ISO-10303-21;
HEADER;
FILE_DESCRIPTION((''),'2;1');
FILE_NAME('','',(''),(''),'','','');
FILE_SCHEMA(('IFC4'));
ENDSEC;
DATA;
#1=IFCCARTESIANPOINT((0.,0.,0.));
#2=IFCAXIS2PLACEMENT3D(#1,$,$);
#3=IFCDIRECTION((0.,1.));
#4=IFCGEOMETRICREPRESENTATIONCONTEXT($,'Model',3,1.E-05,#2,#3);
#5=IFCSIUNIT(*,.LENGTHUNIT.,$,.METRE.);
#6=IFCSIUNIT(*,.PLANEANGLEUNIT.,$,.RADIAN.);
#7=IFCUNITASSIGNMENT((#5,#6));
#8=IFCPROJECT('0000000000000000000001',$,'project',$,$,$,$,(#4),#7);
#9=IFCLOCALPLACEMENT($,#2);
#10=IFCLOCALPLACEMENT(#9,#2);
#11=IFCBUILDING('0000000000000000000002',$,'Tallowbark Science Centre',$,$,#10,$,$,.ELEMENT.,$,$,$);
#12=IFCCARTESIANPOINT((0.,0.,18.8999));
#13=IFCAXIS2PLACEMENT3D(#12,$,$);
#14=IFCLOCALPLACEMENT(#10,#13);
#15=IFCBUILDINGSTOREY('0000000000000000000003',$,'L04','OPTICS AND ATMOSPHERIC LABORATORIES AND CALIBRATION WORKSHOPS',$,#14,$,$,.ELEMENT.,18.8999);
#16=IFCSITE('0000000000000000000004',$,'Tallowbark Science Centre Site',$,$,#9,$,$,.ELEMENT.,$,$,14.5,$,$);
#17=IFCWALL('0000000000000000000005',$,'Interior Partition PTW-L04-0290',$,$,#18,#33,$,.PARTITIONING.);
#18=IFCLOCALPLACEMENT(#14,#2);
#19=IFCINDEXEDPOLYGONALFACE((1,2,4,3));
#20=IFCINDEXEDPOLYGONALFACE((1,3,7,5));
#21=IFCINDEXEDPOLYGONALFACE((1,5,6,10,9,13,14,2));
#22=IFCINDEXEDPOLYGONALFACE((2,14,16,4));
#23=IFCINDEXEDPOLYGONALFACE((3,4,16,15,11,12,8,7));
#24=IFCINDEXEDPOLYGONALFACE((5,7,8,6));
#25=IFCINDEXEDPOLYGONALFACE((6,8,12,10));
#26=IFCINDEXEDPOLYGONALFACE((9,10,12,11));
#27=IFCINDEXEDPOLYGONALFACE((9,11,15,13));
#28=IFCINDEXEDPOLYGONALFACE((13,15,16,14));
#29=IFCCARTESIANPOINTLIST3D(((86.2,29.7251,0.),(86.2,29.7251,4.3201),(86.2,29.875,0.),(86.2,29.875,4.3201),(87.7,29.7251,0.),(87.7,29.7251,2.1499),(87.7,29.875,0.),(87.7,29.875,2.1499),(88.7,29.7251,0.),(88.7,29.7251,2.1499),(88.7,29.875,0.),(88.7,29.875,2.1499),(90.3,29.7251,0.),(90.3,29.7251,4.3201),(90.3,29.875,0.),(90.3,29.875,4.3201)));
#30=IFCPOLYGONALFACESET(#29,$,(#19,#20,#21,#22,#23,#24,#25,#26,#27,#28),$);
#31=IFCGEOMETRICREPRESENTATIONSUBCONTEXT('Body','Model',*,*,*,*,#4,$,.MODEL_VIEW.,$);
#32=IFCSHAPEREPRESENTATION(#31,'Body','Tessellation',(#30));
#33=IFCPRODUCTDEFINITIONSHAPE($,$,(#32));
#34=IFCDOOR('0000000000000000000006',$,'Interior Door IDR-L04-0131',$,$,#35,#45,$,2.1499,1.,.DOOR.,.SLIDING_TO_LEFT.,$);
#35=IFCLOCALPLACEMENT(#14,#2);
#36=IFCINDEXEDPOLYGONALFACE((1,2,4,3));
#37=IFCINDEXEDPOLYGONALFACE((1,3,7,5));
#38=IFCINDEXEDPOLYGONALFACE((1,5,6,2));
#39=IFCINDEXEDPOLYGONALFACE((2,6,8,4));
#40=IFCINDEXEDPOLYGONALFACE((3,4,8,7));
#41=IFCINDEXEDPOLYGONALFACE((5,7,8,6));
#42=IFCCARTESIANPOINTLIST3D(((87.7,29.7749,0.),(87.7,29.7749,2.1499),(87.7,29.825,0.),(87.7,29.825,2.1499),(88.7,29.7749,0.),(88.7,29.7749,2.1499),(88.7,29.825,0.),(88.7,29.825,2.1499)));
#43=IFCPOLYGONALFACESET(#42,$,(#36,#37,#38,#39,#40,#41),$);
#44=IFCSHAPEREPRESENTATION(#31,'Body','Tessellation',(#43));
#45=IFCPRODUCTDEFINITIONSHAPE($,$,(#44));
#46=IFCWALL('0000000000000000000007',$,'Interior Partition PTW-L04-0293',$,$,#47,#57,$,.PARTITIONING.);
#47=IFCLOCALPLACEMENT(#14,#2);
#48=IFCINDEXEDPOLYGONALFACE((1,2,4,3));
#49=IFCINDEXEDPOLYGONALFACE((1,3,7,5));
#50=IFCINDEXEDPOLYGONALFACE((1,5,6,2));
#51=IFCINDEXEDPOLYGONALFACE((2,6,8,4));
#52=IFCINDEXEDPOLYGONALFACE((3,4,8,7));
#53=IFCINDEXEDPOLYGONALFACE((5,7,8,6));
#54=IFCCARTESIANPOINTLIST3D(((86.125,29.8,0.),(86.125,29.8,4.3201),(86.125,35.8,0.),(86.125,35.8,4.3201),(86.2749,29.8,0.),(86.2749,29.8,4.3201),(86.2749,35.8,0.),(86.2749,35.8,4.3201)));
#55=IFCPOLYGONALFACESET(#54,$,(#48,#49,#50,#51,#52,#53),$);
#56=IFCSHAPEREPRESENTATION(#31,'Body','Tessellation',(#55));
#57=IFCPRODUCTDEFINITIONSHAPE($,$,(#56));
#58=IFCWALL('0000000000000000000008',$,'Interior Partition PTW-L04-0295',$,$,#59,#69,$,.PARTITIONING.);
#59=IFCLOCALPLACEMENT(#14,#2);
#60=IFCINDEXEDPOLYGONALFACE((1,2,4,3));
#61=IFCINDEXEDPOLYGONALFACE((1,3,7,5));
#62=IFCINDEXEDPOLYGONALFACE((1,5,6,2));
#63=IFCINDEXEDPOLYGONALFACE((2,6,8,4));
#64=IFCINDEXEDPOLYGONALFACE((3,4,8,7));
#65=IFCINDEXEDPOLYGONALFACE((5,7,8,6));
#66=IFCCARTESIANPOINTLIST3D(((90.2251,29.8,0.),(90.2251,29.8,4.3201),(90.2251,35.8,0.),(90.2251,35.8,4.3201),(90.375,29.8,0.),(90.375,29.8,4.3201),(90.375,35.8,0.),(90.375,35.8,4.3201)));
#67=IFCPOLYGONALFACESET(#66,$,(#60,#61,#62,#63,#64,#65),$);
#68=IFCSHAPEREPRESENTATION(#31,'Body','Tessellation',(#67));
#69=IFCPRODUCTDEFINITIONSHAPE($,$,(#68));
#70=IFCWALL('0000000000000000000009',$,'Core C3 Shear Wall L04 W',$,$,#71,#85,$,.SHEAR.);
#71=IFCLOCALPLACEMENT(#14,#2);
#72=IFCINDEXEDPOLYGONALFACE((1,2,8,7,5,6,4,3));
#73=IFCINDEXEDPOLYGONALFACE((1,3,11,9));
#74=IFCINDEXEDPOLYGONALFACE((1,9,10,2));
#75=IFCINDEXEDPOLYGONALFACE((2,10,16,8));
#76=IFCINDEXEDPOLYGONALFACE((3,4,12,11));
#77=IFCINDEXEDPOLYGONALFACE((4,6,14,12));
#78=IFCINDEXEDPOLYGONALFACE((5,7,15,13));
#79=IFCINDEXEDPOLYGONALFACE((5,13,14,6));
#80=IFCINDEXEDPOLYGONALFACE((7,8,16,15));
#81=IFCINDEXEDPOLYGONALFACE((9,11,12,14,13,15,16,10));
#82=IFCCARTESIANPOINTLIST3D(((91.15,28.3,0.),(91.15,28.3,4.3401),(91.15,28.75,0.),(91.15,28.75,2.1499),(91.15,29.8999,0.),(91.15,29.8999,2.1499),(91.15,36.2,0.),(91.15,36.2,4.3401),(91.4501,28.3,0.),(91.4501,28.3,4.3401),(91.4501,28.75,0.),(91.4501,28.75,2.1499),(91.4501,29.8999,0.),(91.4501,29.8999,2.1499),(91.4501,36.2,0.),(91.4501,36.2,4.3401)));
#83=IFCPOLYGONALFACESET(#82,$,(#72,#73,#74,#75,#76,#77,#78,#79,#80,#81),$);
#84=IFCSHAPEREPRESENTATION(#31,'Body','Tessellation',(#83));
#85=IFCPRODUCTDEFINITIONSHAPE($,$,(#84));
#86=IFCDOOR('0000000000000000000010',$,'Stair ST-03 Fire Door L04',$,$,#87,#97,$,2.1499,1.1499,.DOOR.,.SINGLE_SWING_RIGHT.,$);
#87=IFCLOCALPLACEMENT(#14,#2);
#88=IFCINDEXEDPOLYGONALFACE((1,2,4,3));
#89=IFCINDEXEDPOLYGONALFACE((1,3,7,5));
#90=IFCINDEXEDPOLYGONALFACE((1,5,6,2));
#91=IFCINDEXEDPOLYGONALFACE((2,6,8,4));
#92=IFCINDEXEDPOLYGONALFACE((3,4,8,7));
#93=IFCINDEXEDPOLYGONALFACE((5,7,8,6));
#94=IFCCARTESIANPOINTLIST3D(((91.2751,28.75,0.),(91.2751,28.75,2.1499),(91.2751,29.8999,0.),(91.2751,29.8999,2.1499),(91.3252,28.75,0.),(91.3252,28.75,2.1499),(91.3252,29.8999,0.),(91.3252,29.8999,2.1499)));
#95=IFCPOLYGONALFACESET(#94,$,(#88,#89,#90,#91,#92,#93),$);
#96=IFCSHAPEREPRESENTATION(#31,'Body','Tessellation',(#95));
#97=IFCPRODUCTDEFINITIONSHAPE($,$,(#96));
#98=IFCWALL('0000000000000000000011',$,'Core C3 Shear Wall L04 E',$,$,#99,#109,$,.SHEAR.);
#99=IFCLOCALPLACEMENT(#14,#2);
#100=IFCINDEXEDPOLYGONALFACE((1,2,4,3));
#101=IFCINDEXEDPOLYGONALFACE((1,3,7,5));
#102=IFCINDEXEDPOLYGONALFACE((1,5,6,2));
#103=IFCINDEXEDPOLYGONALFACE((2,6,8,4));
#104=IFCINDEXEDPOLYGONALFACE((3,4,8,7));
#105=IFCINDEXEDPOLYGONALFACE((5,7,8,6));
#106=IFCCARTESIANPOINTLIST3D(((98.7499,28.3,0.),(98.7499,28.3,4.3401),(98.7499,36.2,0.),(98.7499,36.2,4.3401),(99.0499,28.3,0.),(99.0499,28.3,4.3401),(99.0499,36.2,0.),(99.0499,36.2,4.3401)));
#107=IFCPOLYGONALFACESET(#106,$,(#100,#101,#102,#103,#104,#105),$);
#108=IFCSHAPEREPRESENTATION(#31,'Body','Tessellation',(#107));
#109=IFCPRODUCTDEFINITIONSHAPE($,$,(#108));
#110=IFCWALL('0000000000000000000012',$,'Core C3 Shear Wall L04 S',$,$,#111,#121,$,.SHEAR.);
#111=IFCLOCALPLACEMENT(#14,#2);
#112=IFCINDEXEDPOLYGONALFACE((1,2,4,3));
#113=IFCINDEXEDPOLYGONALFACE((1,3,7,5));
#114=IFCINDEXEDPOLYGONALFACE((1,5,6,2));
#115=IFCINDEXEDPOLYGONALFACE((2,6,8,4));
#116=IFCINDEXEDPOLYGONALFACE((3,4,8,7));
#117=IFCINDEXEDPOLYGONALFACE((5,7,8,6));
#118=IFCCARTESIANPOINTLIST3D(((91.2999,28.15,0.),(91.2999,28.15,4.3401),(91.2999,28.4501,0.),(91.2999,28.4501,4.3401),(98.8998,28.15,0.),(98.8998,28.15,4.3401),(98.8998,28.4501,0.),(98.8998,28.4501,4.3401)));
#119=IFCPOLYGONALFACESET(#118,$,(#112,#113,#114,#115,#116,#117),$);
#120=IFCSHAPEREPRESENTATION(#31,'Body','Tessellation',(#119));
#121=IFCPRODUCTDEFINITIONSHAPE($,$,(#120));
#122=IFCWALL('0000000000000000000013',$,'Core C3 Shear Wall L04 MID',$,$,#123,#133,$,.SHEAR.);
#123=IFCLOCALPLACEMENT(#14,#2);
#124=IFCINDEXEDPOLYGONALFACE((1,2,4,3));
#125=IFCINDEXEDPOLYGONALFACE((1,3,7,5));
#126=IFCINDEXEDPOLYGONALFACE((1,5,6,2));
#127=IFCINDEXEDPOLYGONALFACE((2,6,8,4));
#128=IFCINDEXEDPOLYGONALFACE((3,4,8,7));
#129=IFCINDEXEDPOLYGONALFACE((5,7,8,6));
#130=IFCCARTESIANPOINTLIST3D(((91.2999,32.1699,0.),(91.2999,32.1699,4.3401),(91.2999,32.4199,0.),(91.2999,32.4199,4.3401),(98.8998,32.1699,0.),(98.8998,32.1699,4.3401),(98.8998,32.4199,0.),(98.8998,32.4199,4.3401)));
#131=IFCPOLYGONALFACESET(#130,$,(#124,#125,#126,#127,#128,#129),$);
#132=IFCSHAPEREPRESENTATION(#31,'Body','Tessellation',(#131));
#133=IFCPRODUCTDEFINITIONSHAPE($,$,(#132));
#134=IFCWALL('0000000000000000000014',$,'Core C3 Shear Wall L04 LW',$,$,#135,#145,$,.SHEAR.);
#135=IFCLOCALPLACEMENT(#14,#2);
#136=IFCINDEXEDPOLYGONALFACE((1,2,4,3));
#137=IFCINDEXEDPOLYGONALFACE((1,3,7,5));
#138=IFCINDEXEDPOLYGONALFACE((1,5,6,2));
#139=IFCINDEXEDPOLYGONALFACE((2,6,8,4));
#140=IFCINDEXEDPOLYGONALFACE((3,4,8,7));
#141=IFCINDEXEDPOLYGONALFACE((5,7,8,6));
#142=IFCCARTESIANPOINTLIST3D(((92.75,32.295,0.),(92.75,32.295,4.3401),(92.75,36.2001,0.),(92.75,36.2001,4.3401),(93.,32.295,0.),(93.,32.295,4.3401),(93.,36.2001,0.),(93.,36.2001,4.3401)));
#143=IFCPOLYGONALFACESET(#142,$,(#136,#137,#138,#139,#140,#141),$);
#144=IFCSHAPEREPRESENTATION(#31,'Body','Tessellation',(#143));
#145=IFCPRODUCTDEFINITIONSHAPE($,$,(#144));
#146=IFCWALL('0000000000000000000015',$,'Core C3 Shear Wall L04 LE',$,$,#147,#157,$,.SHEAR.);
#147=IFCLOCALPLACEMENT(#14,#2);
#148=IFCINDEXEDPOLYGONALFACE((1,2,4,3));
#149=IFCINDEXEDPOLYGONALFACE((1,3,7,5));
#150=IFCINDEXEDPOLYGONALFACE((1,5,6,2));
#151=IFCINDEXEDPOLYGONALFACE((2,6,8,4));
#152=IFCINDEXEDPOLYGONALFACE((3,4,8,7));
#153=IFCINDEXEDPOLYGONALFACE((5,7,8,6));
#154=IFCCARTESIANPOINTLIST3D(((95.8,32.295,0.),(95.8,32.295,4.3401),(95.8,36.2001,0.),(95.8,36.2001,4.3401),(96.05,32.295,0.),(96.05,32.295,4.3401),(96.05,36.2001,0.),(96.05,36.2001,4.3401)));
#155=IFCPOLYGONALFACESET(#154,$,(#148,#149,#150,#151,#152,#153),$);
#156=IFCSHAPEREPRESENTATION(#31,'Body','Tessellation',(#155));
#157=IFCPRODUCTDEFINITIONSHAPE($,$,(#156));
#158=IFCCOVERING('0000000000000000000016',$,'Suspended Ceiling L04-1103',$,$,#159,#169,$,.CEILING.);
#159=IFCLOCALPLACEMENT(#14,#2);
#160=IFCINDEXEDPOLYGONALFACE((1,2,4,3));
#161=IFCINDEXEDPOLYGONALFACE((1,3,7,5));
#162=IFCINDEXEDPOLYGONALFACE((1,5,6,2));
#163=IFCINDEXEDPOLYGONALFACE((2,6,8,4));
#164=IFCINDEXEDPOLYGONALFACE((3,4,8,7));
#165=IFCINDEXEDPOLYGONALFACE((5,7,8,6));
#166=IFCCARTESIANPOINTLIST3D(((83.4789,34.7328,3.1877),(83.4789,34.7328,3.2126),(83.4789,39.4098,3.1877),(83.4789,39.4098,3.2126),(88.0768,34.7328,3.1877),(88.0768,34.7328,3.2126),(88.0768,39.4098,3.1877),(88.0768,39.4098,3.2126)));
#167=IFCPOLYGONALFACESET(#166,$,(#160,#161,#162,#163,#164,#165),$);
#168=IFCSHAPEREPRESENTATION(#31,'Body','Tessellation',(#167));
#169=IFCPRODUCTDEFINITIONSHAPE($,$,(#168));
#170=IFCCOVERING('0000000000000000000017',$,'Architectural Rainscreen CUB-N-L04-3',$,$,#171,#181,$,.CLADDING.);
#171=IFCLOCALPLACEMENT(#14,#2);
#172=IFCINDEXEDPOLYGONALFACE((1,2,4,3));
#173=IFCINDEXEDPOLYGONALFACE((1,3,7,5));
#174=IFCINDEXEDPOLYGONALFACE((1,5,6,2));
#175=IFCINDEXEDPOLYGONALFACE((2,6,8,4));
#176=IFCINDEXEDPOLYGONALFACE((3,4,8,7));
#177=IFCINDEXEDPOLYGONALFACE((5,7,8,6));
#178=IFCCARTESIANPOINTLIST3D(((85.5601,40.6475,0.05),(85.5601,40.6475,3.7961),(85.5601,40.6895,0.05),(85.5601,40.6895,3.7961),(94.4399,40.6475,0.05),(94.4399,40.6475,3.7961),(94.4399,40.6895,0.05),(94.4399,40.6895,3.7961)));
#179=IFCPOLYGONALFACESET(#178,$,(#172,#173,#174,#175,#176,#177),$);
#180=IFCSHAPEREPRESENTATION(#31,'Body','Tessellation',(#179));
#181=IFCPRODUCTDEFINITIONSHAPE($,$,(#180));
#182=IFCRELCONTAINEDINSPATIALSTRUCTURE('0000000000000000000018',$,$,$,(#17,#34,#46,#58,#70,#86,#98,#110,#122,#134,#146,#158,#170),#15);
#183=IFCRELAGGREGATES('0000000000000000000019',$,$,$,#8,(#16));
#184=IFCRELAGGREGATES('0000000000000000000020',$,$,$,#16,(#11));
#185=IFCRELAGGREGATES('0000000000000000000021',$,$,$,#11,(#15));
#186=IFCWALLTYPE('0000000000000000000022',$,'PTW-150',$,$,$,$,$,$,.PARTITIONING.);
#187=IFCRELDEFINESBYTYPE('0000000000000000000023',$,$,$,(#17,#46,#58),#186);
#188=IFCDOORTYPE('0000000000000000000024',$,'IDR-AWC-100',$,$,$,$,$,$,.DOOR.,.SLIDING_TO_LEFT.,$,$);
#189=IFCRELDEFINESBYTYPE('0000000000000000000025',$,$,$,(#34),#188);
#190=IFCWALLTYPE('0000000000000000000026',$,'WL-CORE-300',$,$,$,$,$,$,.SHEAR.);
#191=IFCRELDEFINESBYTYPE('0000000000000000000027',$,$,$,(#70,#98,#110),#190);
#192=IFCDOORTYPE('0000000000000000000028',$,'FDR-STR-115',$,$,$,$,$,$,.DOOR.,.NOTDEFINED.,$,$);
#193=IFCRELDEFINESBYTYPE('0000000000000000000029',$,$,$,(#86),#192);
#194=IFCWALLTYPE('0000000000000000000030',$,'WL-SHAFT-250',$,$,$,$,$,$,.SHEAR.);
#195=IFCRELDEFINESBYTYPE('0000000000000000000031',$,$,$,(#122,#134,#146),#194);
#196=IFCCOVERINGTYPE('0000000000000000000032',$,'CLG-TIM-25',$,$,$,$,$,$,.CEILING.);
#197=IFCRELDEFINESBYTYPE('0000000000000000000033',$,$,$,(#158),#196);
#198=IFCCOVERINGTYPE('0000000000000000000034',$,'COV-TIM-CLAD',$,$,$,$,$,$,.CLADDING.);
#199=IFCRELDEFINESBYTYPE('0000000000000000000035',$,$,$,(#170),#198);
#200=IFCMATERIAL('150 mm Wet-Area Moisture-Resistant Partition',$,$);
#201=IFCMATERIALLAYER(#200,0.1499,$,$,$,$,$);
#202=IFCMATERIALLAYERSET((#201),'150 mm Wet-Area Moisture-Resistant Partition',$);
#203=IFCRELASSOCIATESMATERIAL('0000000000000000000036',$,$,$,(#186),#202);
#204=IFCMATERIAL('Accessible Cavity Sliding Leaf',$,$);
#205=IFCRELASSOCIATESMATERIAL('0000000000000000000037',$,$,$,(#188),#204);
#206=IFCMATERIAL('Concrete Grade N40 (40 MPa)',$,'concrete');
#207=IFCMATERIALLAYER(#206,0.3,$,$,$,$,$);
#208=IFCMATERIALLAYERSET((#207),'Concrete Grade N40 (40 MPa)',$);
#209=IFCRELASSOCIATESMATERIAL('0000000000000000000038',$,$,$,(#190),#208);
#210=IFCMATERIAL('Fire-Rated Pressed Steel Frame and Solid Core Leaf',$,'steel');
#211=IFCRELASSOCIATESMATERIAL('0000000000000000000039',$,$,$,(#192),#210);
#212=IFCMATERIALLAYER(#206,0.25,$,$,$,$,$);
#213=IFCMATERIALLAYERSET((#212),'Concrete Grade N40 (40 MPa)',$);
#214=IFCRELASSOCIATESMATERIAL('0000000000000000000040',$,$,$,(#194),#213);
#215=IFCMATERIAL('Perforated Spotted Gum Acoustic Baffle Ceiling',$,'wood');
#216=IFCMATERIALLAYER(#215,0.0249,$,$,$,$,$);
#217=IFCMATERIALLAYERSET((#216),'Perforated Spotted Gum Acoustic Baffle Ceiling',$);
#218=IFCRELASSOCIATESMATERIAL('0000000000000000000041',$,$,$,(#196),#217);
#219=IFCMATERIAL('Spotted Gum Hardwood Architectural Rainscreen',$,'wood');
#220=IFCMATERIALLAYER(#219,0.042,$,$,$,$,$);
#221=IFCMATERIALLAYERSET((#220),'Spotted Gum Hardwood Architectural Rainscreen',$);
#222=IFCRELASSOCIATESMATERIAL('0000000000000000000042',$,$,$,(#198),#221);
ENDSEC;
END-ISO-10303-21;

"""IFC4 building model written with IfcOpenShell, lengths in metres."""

from ifc_helpers import new_model, si_unit, direction, frame, frame_2d, origin, origin_2d, place, context, subcontext, project, spatial, rectangle, extrude, material, layer, layer_set, type_object, element, fill, save


model = new_model("IFC4")

# Units and contexts
model_context = context("Model", 3, precision=1e-05, world=origin(), true_north=direction((0.0, 1.0)))
body_context = subcontext(model_context, "Body", "Model", "MODEL_VIEW")
ifc_project = project(units=[si_unit("LENGTHUNIT", "METRE"), si_unit("PLANEANGLEUNIT", "RADIAN")], contexts=[model_context])

# Site, building, storey
site_placement = place(None, origin())
site = spatial("IfcSite", under=ifc_project, at=site_placement, Name="Tallowbark Science Centre Site", CompositionType="ELEMENT", RefElevation=14.5)
building_placement = place(site_placement, origin())
building = spatial("IfcBuilding", under=site, at=building_placement, Name="Tallowbark Science Centre", CompositionType="ELEMENT")
storey_placement = place(building_placement, frame((0.0, 0.0, 18.8999)))
storey = spatial("IfcBuildingStorey", under=building, at=storey_placement, Name="L04", Description="OPTICS AND ATMOSPHERIC LABORATORIES AND CALIBRATION WORKSHOPS", CompositionType="ELEMENT", Elevation=18.8999)

# Wall, opening, door
ifc_material_1 = material(Name="150 mm Wet-Area Moisture-Resistant Partition")
ifc_layer_1 = layer(ifc_material_1, 0.1499)
ifc_layer_set_1 = layer_set([ifc_layer_1], Name="150 mm Wet-Area Moisture-Resistant Partition")
wall_type_1 = type_object("IfcWallType", Name="PTW-150", PredefinedType="PARTITIONING", material=ifc_layer_set_1)
wall_1_placement = place(storey_placement, frame((86.2, 29.8, 0.0), z_axis=(0.0, 0.0, 1.0), x_axis=(1.0, 0.0, 0.0)))
wall_1 = element("IfcWall", 1, at=wall_1_placement, inside=storey, type_object=wall_type_1, Name="Interior Partition PTW-L04-0290", PredefinedType="PARTITIONING", context=body_context, shape_type="SweptSolid", body=[
    extrude(rectangle(XDim=4.1001, YDim=0.1499, at=frame_2d((2.05, 0.0))), origin(), (0.0, 0.0, 1.0), 4.3201),
])
opening_1_placement = place(wall_1_placement, frame((1.5, 0.0, 0.0)))
opening_1 = element("IfcOpeningElement", 2, at=opening_1_placement, cuts=wall_1, PredefinedType="OPENING", context=body_context, shape_type="SweptSolid", body=[
    extrude(rectangle(XDim=1.0, YDim=2.1499, at=frame_2d((0.5, 1.075))), frame((0.0, 0.085, 0.0), z_axis=(0.0, -1.0, 0.0), x_axis=(1.0, 0.0, 0.0)), (0.0, 0.0, 1.0), 0.1699),
])
ifc_material_2 = material(Name="Accessible Cavity Sliding Leaf")
door_type_1 = type_object("IfcDoorType", Name="IDR-AWC-100", OperationType="SLIDING_TO_LEFT", PredefinedType="DOOR", material=ifc_material_2)
door_1_placement = place(opening_1_placement, origin())
door_1 = element("IfcDoor", 3, at=door_1_placement, inside=storey, type_object=door_type_1, Name="Interior Door IDR-L04-0131", OperationType="SLIDING_TO_LEFT", OverallHeight=2.1499, OverallWidth=1.0, PredefinedType="DOOR", context=body_context, shape_type="SweptSolid", body=[
    extrude(rectangle(XDim=1.0, YDim=2.1499, at=frame_2d((0.5, 1.075))), frame((0.0, 0.0249, 0.0), z_axis=(0.0, -1.0, 0.0), x_axis=(1.0, 0.0, 0.0)), (0.0, 0.0, 1.0), 0.05),
])
fill(opening_1, door_1)

# Walls
for number, where, z_axis, x_axis, name in (
    (4, (86.2, 29.8, 0.0), (0.0, 0.0, 1.0), (0.0, 1.0, 0.0), "Interior Partition PTW-L04-0293"),
    (5, (90.3, 29.8, 0.0), (0.0, 0.0, 1.0), (0.0, 1.0, 0.0), "Interior Partition PTW-L04-0295"),
):
    element("IfcWall", number, at=place(storey_placement, frame(where, z_axis=z_axis, x_axis=x_axis)), inside=storey, type_object=wall_type_1, Name=name, PredefinedType="PARTITIONING", context=body_context, shape_type="SweptSolid", body=[
        extrude(rectangle(XDim=6.0, YDim=0.1499, at=frame_2d((3.0, 0.0))), origin(), (0.0, 0.0, 1.0), 4.3201),
    ])

# Wall, opening, door
ifc_material_3 = material(Name="Concrete Grade N40 (40 MPa)", Category="concrete")
ifc_layer_2 = layer(ifc_material_3, 0.3)
ifc_layer_set_2 = layer_set([ifc_layer_2], Name="Concrete Grade N40 (40 MPa)")
wall_type_2 = type_object("IfcWallType", Name="WL-CORE-300", PredefinedType="SHEAR", material=ifc_layer_set_2)
wall_2_placement = place(storey_placement, frame((91.3, 28.3, 0.0), z_axis=(0.0, 0.0, 1.0), x_axis=(0.0, 1.0, 0.0)))
wall_2 = element("IfcWall", 6, at=wall_2_placement, inside=storey, type_object=wall_type_2, Name="Core C3 Shear Wall L04 W", PredefinedType="SHEAR", context=body_context, shape_type="SweptSolid", body=[
    extrude(rectangle(XDim=7.8999, YDim=0.3, at=frame_2d((3.95, 0.0))), origin(), (0.0, 0.0, 1.0), 4.3401),
])
opening_2_placement = place(wall_2_placement, frame((0.45, 0.0, 0.0)))
opening_2 = element("IfcOpeningElement", 7, at=opening_2_placement, cuts=wall_2, PredefinedType="OPENING", context=body_context, shape_type="SweptSolid", body=[
    extrude(rectangle(XDim=1.1499, YDim=2.1499, at=frame_2d((0.575, 1.075))), frame((0.0, 0.1602, 0.0), z_axis=(0.0, -1.0, 0.0), x_axis=(1.0, 0.0, 0.0)), (0.0, 0.0, 1.0), 0.3201),
])
ifc_material_4 = material(Name="Fire-Rated Pressed Steel Frame and Solid Core Leaf", Category="steel")
door_type_2 = type_object("IfcDoorType", Name="FDR-STR-115", OperationType="NOTDEFINED", PredefinedType="DOOR", material=ifc_material_4)
door_2_placement = place(opening_2_placement, origin())
door_2 = element("IfcDoor", 8, at=door_2_placement, inside=storey, type_object=door_type_2, Name="Stair ST-03 Fire Door L04", OperationType="SINGLE_SWING_RIGHT", OverallHeight=2.1499, OverallWidth=1.1499, PredefinedType="DOOR", context=body_context, shape_type="SweptSolid", body=[
    extrude(rectangle(XDim=1.1499, YDim=2.1499, at=frame_2d((0.575, 1.075))), frame((0.0, 0.0249, 0.0), z_axis=(0.0, -1.0, 0.0), x_axis=(1.0, 0.0, 0.0)), (0.0, 0.0, 1.0), 0.05),
])
fill(opening_2, door_2)

# Walls
wall_3_placement = place(storey_placement, frame((98.8999, 28.3, 0.0), z_axis=(0.0, 0.0, 1.0), x_axis=(0.0, 1.0, 0.0)))
element("IfcWall", 9, at=wall_3_placement, inside=storey, type_object=wall_type_2, Name="Core C3 Shear Wall L04 E", PredefinedType="SHEAR", context=body_context, shape_type="SweptSolid", body=[
    extrude(rectangle(XDim=7.8999, YDim=0.3, at=frame_2d((3.95, 0.0))), origin(), (0.0, 0.0, 1.0), 4.3401),
])
wall_4_placement = place(storey_placement, frame((91.3, 28.3, 0.0), z_axis=(0.0, 0.0, 1.0), x_axis=(1.0, 0.0, 0.0)))
element("IfcWall", 10, at=wall_4_placement, inside=storey, type_object=wall_type_2, Name="Core C3 Shear Wall L04 S", PredefinedType="SHEAR", context=body_context, shape_type="SweptSolid", body=[
    extrude(rectangle(XDim=7.5999, YDim=0.3, at=frame_2d((3.7998, 0.0))), origin(), (0.0, 0.0, 1.0), 4.3401),
])

# Walls
ifc_layer_3 = layer(ifc_material_3, 0.25)
ifc_layer_set_3 = layer_set([ifc_layer_3], Name="Concrete Grade N40 (40 MPa)")
wall_type_3 = type_object("IfcWallType", Name="WL-SHAFT-250", PredefinedType="SHEAR", material=ifc_layer_set_3)
wall_5_placement = place(storey_placement, frame((91.3, 32.2949, 0.0), z_axis=(0.0, 0.0, 1.0), x_axis=(1.0, 0.0, 0.0)))
element("IfcWall", 11, at=wall_5_placement, inside=storey, type_object=wall_type_3, Name="Core C3 Shear Wall L04 MID", PredefinedType="SHEAR", context=body_context, shape_type="SweptSolid", body=[
    extrude(rectangle(XDim=7.5999, YDim=0.25, at=frame_2d((3.7998, 0.0))), origin(), (0.0, 0.0, 1.0), 4.3401),
])
for number, where, z_axis, x_axis, name in (
    (12, (92.875, 32.2949, 0.0), (0.0, 0.0, 1.0), (0.0, 1.0, 0.0), "Core C3 Shear Wall L04 LW"),
    (13, (95.925, 32.2949, 0.0), (0.0, 0.0, 1.0), (0.0, 1.0, 0.0), "Core C3 Shear Wall L04 LE"),
):
    element("IfcWall", number, at=place(storey_placement, frame(where, z_axis=z_axis, x_axis=x_axis)), inside=storey, type_object=wall_type_3, Name=name, PredefinedType="SHEAR", context=body_context, shape_type="SweptSolid", body=[
        extrude(rectangle(XDim=3.905, YDim=0.25, at=frame_2d((1.9526, 0.0))), origin(), (0.0, 0.0, 1.0), 4.3401),
    ])

# Coverings
ifc_material_5 = material(Name="Perforated Spotted Gum Acoustic Baffle Ceiling", Category="wood")
ifc_layer_4 = layer(ifc_material_5, 0.0249)
ifc_layer_set_4 = layer_set([ifc_layer_4], Name="Perforated Spotted Gum Acoustic Baffle Ceiling")
covering_type_1 = type_object("IfcCoveringType", Name="CLG-TIM-25", PredefinedType="CEILING", material=ifc_layer_set_4)
covering_1_placement = place(storey_placement, frame((85.7778, 37.0713, 3.1877), z_axis=(0.0, 0.0, 1.0), x_axis=(1.0, 0.0, 0.0)))
element("IfcCovering", 14, at=covering_1_placement, inside=storey, type_object=covering_type_1, Name="Suspended Ceiling L04-1103", PredefinedType="CEILING", context=body_context, shape_type="SweptSolid", body=[
    extrude(rectangle(XDim=4.5979, YDim=4.677, at=origin_2d()), origin(), (0.0, 0.0, 1.0), 0.0249),
])
ifc_material_6 = material(Name="Spotted Gum Hardwood Architectural Rainscreen", Category="wood")
ifc_layer_5 = layer(ifc_material_6, 0.042)
ifc_layer_set_5 = layer_set([ifc_layer_5], Name="Spotted Gum Hardwood Architectural Rainscreen")
covering_type_2 = type_object("IfcCoveringType", Name="COV-TIM-CLAD", PredefinedType="CLADDING", material=ifc_layer_set_5)
covering_2_placement = place(storey_placement, frame((90.0, 40.6685, 0.05), z_axis=(0.0, 0.0, 1.0), x_axis=(-1.0, 0.0, 0.0)))
element("IfcCovering", 15, at=covering_2_placement, inside=storey, type_object=covering_type_2, Name="Architectural Rainscreen CUB-N-L04-3", PredefinedType="CLADDING", context=body_context, shape_type="SweptSolid", body=[
    extrude(rectangle(XDim=8.8799, YDim=0.042, at=origin_2d()), origin(), (0.0, 0.0, 1.0), 3.7461),
])

save(model, "model.ifc")
